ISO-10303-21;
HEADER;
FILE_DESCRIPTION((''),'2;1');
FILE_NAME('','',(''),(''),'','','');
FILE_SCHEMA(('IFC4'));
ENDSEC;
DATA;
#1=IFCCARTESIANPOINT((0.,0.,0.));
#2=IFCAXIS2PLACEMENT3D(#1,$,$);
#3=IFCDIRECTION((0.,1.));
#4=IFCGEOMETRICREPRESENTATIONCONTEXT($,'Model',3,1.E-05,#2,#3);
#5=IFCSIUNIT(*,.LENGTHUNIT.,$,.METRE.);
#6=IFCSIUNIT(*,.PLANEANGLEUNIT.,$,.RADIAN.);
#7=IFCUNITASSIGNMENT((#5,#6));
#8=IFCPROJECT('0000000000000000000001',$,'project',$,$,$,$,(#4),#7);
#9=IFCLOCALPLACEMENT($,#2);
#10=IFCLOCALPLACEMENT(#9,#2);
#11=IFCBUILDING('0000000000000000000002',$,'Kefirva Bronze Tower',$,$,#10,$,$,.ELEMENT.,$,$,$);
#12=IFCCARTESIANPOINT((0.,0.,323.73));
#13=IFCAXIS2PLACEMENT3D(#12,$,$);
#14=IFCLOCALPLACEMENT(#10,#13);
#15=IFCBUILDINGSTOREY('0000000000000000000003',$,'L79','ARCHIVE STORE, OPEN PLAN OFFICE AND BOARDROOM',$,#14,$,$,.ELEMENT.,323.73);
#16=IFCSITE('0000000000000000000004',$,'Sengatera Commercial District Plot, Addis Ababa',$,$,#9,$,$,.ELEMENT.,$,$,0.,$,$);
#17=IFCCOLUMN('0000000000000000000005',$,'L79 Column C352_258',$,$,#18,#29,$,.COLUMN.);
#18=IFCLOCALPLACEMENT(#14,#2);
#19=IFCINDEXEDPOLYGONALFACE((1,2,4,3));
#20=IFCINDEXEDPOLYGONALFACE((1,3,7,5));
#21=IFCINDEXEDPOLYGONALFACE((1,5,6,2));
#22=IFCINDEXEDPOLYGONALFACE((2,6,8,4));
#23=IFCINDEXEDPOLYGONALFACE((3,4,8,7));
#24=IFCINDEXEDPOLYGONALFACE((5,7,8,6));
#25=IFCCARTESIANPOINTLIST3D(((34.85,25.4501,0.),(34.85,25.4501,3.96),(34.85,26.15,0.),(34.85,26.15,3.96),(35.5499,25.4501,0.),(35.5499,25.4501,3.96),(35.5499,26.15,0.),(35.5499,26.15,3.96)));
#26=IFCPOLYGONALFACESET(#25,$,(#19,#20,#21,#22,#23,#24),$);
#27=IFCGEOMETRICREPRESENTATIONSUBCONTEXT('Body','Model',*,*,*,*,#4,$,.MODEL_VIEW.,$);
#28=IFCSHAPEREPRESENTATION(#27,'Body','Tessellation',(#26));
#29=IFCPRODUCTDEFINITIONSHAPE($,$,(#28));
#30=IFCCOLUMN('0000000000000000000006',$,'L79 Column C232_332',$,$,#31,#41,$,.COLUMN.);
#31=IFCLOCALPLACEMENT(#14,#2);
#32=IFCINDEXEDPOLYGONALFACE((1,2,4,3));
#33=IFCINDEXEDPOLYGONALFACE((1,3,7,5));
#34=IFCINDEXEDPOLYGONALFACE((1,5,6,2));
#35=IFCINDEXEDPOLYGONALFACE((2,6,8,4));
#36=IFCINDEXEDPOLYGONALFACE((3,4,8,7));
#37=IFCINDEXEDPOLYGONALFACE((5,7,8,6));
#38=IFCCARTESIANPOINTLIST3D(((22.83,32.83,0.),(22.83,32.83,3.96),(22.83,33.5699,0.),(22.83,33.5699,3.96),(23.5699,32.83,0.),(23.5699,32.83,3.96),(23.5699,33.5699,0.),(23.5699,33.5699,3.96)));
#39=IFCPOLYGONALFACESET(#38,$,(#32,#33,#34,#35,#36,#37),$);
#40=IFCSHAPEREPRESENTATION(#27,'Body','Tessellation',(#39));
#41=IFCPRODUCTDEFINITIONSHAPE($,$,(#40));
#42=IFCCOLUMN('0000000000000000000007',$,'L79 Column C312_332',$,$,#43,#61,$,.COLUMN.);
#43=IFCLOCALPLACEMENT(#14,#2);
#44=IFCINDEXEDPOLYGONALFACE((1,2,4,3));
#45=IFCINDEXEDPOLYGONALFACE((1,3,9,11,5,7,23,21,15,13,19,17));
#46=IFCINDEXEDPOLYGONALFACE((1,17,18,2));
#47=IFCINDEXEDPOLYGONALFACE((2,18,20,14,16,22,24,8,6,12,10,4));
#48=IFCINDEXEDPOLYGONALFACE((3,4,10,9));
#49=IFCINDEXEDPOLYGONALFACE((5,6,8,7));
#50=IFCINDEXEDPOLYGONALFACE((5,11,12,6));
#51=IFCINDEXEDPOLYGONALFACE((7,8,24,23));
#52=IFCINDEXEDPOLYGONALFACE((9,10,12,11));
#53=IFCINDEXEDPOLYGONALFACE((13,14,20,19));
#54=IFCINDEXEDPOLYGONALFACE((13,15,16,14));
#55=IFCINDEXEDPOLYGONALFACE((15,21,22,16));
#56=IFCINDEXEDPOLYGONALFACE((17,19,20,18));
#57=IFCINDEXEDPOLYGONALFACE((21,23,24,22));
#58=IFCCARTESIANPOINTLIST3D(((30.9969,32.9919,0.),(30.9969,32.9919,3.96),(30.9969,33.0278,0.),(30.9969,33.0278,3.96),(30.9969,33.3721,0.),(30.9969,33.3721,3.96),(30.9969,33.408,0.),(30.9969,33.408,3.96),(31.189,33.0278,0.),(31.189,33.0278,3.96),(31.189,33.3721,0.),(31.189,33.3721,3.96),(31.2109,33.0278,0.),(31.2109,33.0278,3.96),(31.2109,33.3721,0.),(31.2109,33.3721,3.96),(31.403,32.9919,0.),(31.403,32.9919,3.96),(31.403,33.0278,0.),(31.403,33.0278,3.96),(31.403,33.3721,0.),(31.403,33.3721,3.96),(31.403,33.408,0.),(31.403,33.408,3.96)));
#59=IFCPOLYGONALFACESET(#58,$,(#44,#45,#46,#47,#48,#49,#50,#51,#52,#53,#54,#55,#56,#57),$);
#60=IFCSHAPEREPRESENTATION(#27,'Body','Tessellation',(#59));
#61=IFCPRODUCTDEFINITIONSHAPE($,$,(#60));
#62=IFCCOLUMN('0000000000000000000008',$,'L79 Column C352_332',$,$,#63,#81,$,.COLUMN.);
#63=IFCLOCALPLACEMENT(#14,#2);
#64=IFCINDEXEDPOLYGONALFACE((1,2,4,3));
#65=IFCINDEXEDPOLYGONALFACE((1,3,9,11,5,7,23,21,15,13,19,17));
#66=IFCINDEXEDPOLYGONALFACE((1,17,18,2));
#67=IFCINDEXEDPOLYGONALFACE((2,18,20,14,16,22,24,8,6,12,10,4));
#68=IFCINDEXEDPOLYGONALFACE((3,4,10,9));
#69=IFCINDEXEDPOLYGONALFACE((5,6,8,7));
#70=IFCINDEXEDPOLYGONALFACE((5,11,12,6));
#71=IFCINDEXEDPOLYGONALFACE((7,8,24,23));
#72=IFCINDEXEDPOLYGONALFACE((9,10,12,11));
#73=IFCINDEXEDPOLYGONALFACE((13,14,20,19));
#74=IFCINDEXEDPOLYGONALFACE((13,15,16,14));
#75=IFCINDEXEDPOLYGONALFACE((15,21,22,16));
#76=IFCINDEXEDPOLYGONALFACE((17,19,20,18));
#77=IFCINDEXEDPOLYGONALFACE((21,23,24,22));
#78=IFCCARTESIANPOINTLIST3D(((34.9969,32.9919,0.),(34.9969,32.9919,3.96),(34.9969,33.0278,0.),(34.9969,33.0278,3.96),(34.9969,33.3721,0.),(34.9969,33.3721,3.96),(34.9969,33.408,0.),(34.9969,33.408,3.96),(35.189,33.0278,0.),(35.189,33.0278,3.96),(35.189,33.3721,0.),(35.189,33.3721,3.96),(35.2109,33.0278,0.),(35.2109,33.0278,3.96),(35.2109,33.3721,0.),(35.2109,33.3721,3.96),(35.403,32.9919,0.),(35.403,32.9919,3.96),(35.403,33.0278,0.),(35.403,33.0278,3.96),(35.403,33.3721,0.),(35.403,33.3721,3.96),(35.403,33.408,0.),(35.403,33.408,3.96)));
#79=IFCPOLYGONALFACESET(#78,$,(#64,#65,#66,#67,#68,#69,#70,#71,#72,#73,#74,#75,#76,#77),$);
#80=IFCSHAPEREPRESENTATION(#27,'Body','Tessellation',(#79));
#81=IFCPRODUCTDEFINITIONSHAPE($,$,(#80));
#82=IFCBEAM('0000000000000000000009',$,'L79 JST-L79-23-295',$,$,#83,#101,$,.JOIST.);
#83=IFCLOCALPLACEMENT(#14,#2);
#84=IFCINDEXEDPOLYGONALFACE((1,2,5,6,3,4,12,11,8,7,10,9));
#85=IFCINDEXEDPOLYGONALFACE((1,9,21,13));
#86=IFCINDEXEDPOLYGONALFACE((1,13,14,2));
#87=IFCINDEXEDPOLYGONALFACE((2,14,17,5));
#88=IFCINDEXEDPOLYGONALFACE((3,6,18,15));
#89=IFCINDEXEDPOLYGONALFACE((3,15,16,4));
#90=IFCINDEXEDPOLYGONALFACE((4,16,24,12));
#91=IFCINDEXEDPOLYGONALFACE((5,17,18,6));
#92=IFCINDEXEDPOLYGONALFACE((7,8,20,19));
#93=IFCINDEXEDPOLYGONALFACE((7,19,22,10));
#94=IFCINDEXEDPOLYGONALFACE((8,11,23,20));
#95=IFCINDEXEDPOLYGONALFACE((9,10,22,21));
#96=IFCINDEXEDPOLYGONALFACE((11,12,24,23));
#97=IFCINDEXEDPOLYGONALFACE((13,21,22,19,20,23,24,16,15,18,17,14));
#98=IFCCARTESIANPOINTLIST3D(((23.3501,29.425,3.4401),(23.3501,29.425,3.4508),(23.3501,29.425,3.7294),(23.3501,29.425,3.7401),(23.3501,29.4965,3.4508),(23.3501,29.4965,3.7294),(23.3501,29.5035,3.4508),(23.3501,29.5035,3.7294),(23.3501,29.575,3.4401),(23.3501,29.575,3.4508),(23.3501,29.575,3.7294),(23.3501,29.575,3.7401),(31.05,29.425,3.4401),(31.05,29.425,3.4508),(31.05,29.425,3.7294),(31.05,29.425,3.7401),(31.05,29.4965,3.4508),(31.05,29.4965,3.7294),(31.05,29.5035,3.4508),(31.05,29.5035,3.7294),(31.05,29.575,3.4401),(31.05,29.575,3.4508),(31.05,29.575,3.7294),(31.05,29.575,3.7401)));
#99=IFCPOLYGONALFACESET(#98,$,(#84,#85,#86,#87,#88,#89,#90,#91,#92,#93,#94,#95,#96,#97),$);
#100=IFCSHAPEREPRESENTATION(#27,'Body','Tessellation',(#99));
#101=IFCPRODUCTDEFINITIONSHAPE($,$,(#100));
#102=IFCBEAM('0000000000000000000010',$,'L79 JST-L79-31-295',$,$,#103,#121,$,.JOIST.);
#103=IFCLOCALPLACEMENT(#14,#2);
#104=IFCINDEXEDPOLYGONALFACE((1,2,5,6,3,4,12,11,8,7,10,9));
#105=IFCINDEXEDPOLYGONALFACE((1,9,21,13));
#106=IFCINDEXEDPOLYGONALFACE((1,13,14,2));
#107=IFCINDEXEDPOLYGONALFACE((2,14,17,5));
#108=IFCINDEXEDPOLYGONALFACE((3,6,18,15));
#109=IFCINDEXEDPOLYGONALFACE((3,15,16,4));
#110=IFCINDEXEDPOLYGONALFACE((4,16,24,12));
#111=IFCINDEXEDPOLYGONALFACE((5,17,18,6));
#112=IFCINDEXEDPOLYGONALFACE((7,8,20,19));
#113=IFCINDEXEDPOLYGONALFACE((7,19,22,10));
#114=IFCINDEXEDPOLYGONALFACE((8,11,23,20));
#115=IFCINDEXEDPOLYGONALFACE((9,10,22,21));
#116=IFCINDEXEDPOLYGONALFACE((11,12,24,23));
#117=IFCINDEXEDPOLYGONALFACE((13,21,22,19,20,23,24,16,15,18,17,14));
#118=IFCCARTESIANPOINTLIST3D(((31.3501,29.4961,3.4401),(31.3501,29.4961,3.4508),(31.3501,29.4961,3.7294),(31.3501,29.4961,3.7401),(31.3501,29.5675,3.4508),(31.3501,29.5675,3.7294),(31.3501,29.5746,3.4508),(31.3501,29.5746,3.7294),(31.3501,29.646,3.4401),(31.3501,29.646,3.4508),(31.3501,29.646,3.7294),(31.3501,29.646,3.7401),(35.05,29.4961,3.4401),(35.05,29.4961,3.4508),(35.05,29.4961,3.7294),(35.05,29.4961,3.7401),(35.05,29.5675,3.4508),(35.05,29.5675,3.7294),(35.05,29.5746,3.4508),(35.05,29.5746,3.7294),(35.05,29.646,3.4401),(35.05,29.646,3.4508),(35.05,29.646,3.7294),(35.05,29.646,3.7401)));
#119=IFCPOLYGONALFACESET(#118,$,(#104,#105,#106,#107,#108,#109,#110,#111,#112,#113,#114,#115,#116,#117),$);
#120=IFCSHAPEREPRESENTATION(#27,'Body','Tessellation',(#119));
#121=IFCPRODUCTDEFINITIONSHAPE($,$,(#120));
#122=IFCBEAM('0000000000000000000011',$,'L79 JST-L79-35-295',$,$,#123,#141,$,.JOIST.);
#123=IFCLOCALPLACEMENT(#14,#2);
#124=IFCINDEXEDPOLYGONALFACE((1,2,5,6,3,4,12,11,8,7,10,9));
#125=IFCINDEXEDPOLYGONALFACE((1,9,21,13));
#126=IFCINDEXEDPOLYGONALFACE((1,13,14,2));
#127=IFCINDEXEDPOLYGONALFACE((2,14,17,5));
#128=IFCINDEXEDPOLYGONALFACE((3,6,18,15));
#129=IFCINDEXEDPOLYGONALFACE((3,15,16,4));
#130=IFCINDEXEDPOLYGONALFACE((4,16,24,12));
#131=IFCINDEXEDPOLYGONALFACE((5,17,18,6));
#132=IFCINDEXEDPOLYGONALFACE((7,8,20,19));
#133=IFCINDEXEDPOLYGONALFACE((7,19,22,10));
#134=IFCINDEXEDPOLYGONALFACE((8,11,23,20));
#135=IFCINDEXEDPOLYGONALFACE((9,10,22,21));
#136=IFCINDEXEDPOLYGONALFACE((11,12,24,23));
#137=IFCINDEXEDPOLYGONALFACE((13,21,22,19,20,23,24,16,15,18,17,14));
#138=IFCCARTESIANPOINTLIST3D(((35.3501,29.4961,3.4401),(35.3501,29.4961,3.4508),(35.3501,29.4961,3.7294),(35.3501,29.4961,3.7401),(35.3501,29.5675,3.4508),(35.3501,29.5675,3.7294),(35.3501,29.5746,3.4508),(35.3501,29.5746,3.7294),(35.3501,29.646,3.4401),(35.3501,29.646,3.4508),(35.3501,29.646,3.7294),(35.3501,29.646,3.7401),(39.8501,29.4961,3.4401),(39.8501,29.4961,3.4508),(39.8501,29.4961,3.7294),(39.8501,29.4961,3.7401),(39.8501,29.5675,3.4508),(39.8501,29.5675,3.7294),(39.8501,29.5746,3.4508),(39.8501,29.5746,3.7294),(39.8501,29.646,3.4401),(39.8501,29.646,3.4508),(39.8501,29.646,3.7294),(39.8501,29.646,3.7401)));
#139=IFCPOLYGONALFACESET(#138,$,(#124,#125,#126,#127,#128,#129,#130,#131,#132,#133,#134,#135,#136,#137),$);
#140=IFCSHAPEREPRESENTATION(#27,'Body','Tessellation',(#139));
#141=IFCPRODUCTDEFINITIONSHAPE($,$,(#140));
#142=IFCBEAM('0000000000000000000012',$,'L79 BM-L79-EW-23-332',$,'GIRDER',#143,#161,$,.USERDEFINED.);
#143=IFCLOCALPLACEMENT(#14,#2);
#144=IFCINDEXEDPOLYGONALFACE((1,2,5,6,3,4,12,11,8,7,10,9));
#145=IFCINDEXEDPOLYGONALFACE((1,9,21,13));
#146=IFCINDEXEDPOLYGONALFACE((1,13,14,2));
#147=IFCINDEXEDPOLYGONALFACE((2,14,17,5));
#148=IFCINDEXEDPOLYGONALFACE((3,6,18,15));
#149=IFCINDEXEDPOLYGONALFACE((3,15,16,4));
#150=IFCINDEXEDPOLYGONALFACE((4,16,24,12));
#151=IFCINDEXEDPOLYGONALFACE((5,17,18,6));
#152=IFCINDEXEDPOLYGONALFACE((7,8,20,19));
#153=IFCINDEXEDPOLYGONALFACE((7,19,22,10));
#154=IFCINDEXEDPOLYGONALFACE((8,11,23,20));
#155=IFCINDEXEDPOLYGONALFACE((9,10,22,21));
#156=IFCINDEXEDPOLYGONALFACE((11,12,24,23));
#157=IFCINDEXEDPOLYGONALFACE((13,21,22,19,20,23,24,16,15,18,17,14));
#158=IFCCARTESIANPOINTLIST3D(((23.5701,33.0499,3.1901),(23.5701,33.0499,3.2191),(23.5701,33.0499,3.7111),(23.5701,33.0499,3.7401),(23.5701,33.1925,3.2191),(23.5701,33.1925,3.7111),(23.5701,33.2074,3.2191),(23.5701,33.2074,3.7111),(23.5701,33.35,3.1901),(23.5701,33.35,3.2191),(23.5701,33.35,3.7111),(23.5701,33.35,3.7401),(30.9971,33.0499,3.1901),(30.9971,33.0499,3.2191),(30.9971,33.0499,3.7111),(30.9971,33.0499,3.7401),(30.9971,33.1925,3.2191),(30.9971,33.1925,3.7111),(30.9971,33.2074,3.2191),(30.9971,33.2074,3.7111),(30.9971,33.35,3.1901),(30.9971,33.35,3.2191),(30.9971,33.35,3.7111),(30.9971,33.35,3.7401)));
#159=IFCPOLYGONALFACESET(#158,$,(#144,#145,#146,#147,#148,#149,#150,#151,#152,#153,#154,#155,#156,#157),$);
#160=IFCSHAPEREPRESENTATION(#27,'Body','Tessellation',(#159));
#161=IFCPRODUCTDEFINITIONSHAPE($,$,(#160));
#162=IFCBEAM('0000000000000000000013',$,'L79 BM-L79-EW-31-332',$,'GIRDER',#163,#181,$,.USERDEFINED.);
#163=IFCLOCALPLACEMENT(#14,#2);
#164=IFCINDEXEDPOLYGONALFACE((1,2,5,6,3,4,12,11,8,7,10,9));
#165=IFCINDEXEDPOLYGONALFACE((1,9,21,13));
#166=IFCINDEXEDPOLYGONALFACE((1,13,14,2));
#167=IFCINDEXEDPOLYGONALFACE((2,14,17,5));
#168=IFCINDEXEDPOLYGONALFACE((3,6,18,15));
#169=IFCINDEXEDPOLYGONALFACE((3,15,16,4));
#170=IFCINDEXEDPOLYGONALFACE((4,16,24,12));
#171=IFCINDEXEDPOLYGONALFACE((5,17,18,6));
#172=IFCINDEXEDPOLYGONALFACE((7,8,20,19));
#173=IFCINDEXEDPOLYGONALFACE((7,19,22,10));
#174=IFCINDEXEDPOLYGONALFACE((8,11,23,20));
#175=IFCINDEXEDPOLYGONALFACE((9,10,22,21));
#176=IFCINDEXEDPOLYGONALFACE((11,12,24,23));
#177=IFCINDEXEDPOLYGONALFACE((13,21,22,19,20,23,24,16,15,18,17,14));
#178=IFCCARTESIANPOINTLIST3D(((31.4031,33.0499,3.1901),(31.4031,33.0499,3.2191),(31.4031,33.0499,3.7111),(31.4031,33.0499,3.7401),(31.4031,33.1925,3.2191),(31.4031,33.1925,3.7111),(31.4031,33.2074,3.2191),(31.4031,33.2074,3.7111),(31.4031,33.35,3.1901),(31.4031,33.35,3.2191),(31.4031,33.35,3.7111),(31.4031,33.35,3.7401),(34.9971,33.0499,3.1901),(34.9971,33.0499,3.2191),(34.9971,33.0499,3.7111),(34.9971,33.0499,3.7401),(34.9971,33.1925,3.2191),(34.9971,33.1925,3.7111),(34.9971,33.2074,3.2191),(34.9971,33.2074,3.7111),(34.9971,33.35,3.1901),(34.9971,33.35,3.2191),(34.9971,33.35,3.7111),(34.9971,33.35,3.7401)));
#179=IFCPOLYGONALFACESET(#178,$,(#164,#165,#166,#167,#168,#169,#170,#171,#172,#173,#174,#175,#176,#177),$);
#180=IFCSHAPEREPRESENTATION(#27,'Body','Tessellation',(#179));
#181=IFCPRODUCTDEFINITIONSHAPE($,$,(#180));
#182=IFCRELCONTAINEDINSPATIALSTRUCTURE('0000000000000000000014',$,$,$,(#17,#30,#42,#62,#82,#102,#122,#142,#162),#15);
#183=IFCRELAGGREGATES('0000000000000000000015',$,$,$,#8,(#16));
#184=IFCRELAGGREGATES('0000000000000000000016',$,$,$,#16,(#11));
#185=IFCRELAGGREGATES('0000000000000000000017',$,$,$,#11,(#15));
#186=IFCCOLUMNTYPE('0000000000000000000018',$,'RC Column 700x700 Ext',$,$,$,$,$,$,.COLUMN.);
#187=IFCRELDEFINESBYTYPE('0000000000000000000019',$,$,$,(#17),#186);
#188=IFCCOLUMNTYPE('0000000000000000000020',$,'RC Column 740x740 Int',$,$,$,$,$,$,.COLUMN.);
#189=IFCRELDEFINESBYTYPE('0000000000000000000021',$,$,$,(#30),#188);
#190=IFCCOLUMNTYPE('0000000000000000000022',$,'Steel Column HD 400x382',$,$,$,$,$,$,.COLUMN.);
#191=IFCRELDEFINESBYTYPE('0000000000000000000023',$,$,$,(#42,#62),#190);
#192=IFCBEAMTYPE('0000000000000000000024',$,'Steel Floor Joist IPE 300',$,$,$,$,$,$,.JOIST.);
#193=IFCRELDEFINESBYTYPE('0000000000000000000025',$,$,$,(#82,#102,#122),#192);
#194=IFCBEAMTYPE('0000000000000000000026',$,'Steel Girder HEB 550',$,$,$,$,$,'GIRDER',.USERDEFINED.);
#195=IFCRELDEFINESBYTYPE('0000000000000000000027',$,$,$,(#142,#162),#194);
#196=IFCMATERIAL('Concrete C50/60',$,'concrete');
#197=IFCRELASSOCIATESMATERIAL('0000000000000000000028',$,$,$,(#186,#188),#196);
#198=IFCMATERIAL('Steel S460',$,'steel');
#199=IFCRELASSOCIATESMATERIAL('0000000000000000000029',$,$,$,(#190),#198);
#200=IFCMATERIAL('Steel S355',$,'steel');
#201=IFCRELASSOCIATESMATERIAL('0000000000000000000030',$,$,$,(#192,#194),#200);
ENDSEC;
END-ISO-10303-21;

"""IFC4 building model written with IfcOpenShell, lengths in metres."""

from ifc_helpers import new_model, si_unit, direction, frame, origin, origin_2d, place, context, subcontext, project, spatial, rectangle, i_section, extrude, material, material_profile, profile_set, type_object, element, save


model = new_model("IFC4")

# Units and contexts
model_context = context("Model", 3, precision=1e-05, world=origin(), true_north=direction((0.0, 1.0)))
body_context = subcontext(model_context, "Body", "Model", "MODEL_VIEW")
ifc_project = project(units=[si_unit("LENGTHUNIT", "METRE"), si_unit("PLANEANGLEUNIT", "RADIAN")], contexts=[model_context])

# Site, building, storey
site_placement = place(None, origin())
site = spatial("IfcSite", under=ifc_project, at=site_placement, Name="Sengatera Commercial District Plot, Addis Ababa", CompositionType="ELEMENT", RefElevation=0.0)
building_placement = place(site_placement, origin())
building = spatial("IfcBuilding", under=site, at=building_placement, Name="Kefirva Bronze Tower", CompositionType="ELEMENT")
storey_placement = place(building_placement, frame((0.0, 0.0, 323.73)))
storey = spatial("IfcBuildingStorey", under=building, at=storey_placement, Name="L79", Description="ARCHIVE STORE, OPEN PLAN OFFICE AND BOARDROOM", CompositionType="ELEMENT", Elevation=323.73)

# Columns
ifc_material_1 = material(Name="Concrete C50/60", Category="concrete")
ifc_material_profile_1 = material_profile(ifc_material_1, rectangle(XDim=0.7, YDim=0.7, at=origin_2d()), Name="RC 700x700")
ifc_profile_set_1 = profile_set([ifc_material_profile_1], Name="Concrete C50/60")
column_type_1 = type_object("IfcColumnType", Name="RC Column 700x700 Ext", PredefinedType="COLUMN", material=ifc_profile_set_1)
column_1_placement = place(storey_placement, frame((35.2, 25.8, 0.0), z_axis=(0.0, 0.0, 1.0), x_axis=(1.0, 0.0, 0.0)))
element("IfcColumn", 1, at=column_1_placement, inside=storey, type_object=column_type_1, Name="L79 Column C352_258", PredefinedType="COLUMN", context=body_context, shape_type="SweptSolid", body=[
    extrude(rectangle(XDim=0.7, YDim=0.7, at=origin_2d()), origin(), (0.0, 0.0, 1.0), 3.96),
])
ifc_material_profile_2 = material_profile(ifc_material_1, rectangle(XDim=0.74, YDim=0.74, at=origin_2d()), Name="RC 740x740")
ifc_profile_set_2 = profile_set([ifc_material_profile_2], Name="Concrete C50/60")
column_type_2 = type_object("IfcColumnType", Name="RC Column 740x740 Int", PredefinedType="COLUMN", material=ifc_profile_set_2)
column_2_placement = place(storey_placement, frame((23.2, 33.2, 0.0), z_axis=(0.0, 0.0, 1.0), x_axis=(1.0, 0.0, 0.0)))
element("IfcColumn", 2, at=column_2_placement, inside=storey, type_object=column_type_2, Name="L79 Column C232_332", PredefinedType="COLUMN", context=body_context, shape_type="SweptSolid", body=[
    extrude(rectangle(XDim=0.74, YDim=0.74, at=origin_2d()), origin(), (0.0, 0.0, 1.0), 3.96),
])
ifc_material_2 = material(Name="Steel S460", Category="steel")
ifc_material_profile_3 = material_profile(ifc_material_2, i_section(OverallWidth=0.406, OverallDepth=0.416, WebThickness=0.022, FlangeThickness=0.0359, at=origin_2d()), Name="HD 400x382")
ifc_profile_set_3 = profile_set([ifc_material_profile_3], Name="Steel S460")
column_type_3 = type_object("IfcColumnType", Name="Steel Column HD 400x382", PredefinedType="COLUMN", material=ifc_profile_set_3)
for number, where, z_axis, x_axis, name in (
    (3, (31.2, 33.2, 0.0), (0.0, 0.0, 1.0), (1.0, 0.0, 0.0), "L79 Column C312_332"),
    (4, (35.2, 33.2, 0.0), (0.0, 0.0, 1.0), (1.0, 0.0, 0.0), "L79 Column C352_332"),
):
    element("IfcColumn", number, at=place(storey_placement, frame(where, z_axis=z_axis, x_axis=x_axis)), inside=storey, type_object=column_type_3, Name=name, PredefinedType="COLUMN", context=body_context, shape_type="SweptSolid", body=[
        extrude(i_section(OverallWidth=0.406, OverallDepth=0.416, WebThickness=0.022, FlangeThickness=0.0359, at=origin_2d()), origin(), (0.0, 0.0, 1.0), 3.96),
    ])

# Beams
ifc_material_3 = material(Name="Steel S355", Category="steel")
ifc_material_profile_4 = material_profile(ifc_material_3, i_section(OverallWidth=0.1499, OverallDepth=0.3, WebThickness=0.0071, FlangeThickness=0.0107, at=origin_2d()), Name="IPE 300")
ifc_profile_set_4 = profile_set([ifc_material_profile_4], Name="Steel S355")
beam_type_1 = type_object("IfcBeamType", Name="Steel Floor Joist IPE 300", PredefinedType="JOIST", material=ifc_profile_set_4)
beam_1_placement = place(storey_placement, frame((23.3501, 29.5, 3.5901), z_axis=(1.0, 0.0, 0.0), x_axis=(0.0, 1.0, 0.0)))
element("IfcBeam", 5, at=beam_1_placement, inside=storey, type_object=beam_type_1, Name="L79 JST-L79-23-295", PredefinedType="JOIST", context=body_context, shape_type="SweptSolid", body=[
    extrude(i_section(OverallWidth=0.1499, OverallDepth=0.3, WebThickness=0.0071, FlangeThickness=0.0107, at=origin_2d()), origin(), (0.0, 0.0, 1.0), 7.7),
])
beam_2_placement = place(storey_placement, frame((31.3501, 29.571, 3.5901), z_axis=(1.0, 0.0, 0.0), x_axis=(0.0, 1.0, 0.0)))
element("IfcBeam", 6, at=beam_2_placement, inside=storey, type_object=beam_type_1, Name="L79 JST-L79-31-295", PredefinedType="JOIST", context=body_context, shape_type="SweptSolid", body=[
    extrude(i_section(OverallWidth=0.1499, OverallDepth=0.3, WebThickness=0.0071, FlangeThickness=0.0107, at=origin_2d()), origin(), (0.0, 0.0, 1.0), 3.7),
])
beam_3_placement = place(storey_placement, frame((35.3501, 29.571, 3.5901), z_axis=(1.0, 0.0, 0.0), x_axis=(0.0, 1.0, 0.0)))
element("IfcBeam", 7, at=beam_3_placement, inside=storey, type_object=beam_type_1, Name="L79 JST-L79-35-295", PredefinedType="JOIST", context=body_context, shape_type="SweptSolid", body=[
    extrude(i_section(OverallWidth=0.1499, OverallDepth=0.3, WebThickness=0.0071, FlangeThickness=0.0107, at=origin_2d()), origin(), (0.0, 0.0, 1.0), 4.5),
])
ifc_material_profile_5 = material_profile(ifc_material_3, i_section(OverallWidth=0.3, OverallDepth=0.55, WebThickness=0.0149, FlangeThickness=0.0291, at=origin_2d()), Name="HEB 550")
ifc_profile_set_5 = profile_set([ifc_material_profile_5], Name="Steel S355")
beam_type_2 = type_object("IfcBeamType", Name="Steel Girder HEB 550", ElementType="GIRDER", PredefinedType="USERDEFINED", material=ifc_profile_set_5)
beam_4_placement = place(storey_placement, frame((23.5701, 33.2, 3.4651), z_axis=(1.0, 0.0, 0.0), x_axis=(0.0, 1.0, 0.0)))
element("IfcBeam", 8, at=beam_4_placement, inside=storey, type_object=beam_type_2, Name="L79 BM-L79-EW-23-332", ObjectType="GIRDER", PredefinedType="USERDEFINED", context=body_context, shape_type="SweptSolid", body=[
    extrude(i_section(OverallWidth=0.3, OverallDepth=0.55, WebThickness=0.0149, FlangeThickness=0.0291, at=origin_2d()), origin(), (0.0, 0.0, 1.0), 7.427),
])
beam_5_placement = place(storey_placement, frame((31.4031, 33.2, 3.4651), z_axis=(1.0, 0.0, 0.0), x_axis=(0.0, 1.0, 0.0)))
element("IfcBeam", 9, at=beam_5_placement, inside=storey, type_object=beam_type_2, Name="L79 BM-L79-EW-31-332", ObjectType="GIRDER", PredefinedType="USERDEFINED", context=body_context, shape_type="SweptSolid", body=[
    extrude(i_section(OverallWidth=0.3, OverallDepth=0.55, WebThickness=0.0149, FlangeThickness=0.0291, at=origin_2d()), origin(), (0.0, 0.0, 1.0), 3.594),
])

save(model, "model.ifc")
